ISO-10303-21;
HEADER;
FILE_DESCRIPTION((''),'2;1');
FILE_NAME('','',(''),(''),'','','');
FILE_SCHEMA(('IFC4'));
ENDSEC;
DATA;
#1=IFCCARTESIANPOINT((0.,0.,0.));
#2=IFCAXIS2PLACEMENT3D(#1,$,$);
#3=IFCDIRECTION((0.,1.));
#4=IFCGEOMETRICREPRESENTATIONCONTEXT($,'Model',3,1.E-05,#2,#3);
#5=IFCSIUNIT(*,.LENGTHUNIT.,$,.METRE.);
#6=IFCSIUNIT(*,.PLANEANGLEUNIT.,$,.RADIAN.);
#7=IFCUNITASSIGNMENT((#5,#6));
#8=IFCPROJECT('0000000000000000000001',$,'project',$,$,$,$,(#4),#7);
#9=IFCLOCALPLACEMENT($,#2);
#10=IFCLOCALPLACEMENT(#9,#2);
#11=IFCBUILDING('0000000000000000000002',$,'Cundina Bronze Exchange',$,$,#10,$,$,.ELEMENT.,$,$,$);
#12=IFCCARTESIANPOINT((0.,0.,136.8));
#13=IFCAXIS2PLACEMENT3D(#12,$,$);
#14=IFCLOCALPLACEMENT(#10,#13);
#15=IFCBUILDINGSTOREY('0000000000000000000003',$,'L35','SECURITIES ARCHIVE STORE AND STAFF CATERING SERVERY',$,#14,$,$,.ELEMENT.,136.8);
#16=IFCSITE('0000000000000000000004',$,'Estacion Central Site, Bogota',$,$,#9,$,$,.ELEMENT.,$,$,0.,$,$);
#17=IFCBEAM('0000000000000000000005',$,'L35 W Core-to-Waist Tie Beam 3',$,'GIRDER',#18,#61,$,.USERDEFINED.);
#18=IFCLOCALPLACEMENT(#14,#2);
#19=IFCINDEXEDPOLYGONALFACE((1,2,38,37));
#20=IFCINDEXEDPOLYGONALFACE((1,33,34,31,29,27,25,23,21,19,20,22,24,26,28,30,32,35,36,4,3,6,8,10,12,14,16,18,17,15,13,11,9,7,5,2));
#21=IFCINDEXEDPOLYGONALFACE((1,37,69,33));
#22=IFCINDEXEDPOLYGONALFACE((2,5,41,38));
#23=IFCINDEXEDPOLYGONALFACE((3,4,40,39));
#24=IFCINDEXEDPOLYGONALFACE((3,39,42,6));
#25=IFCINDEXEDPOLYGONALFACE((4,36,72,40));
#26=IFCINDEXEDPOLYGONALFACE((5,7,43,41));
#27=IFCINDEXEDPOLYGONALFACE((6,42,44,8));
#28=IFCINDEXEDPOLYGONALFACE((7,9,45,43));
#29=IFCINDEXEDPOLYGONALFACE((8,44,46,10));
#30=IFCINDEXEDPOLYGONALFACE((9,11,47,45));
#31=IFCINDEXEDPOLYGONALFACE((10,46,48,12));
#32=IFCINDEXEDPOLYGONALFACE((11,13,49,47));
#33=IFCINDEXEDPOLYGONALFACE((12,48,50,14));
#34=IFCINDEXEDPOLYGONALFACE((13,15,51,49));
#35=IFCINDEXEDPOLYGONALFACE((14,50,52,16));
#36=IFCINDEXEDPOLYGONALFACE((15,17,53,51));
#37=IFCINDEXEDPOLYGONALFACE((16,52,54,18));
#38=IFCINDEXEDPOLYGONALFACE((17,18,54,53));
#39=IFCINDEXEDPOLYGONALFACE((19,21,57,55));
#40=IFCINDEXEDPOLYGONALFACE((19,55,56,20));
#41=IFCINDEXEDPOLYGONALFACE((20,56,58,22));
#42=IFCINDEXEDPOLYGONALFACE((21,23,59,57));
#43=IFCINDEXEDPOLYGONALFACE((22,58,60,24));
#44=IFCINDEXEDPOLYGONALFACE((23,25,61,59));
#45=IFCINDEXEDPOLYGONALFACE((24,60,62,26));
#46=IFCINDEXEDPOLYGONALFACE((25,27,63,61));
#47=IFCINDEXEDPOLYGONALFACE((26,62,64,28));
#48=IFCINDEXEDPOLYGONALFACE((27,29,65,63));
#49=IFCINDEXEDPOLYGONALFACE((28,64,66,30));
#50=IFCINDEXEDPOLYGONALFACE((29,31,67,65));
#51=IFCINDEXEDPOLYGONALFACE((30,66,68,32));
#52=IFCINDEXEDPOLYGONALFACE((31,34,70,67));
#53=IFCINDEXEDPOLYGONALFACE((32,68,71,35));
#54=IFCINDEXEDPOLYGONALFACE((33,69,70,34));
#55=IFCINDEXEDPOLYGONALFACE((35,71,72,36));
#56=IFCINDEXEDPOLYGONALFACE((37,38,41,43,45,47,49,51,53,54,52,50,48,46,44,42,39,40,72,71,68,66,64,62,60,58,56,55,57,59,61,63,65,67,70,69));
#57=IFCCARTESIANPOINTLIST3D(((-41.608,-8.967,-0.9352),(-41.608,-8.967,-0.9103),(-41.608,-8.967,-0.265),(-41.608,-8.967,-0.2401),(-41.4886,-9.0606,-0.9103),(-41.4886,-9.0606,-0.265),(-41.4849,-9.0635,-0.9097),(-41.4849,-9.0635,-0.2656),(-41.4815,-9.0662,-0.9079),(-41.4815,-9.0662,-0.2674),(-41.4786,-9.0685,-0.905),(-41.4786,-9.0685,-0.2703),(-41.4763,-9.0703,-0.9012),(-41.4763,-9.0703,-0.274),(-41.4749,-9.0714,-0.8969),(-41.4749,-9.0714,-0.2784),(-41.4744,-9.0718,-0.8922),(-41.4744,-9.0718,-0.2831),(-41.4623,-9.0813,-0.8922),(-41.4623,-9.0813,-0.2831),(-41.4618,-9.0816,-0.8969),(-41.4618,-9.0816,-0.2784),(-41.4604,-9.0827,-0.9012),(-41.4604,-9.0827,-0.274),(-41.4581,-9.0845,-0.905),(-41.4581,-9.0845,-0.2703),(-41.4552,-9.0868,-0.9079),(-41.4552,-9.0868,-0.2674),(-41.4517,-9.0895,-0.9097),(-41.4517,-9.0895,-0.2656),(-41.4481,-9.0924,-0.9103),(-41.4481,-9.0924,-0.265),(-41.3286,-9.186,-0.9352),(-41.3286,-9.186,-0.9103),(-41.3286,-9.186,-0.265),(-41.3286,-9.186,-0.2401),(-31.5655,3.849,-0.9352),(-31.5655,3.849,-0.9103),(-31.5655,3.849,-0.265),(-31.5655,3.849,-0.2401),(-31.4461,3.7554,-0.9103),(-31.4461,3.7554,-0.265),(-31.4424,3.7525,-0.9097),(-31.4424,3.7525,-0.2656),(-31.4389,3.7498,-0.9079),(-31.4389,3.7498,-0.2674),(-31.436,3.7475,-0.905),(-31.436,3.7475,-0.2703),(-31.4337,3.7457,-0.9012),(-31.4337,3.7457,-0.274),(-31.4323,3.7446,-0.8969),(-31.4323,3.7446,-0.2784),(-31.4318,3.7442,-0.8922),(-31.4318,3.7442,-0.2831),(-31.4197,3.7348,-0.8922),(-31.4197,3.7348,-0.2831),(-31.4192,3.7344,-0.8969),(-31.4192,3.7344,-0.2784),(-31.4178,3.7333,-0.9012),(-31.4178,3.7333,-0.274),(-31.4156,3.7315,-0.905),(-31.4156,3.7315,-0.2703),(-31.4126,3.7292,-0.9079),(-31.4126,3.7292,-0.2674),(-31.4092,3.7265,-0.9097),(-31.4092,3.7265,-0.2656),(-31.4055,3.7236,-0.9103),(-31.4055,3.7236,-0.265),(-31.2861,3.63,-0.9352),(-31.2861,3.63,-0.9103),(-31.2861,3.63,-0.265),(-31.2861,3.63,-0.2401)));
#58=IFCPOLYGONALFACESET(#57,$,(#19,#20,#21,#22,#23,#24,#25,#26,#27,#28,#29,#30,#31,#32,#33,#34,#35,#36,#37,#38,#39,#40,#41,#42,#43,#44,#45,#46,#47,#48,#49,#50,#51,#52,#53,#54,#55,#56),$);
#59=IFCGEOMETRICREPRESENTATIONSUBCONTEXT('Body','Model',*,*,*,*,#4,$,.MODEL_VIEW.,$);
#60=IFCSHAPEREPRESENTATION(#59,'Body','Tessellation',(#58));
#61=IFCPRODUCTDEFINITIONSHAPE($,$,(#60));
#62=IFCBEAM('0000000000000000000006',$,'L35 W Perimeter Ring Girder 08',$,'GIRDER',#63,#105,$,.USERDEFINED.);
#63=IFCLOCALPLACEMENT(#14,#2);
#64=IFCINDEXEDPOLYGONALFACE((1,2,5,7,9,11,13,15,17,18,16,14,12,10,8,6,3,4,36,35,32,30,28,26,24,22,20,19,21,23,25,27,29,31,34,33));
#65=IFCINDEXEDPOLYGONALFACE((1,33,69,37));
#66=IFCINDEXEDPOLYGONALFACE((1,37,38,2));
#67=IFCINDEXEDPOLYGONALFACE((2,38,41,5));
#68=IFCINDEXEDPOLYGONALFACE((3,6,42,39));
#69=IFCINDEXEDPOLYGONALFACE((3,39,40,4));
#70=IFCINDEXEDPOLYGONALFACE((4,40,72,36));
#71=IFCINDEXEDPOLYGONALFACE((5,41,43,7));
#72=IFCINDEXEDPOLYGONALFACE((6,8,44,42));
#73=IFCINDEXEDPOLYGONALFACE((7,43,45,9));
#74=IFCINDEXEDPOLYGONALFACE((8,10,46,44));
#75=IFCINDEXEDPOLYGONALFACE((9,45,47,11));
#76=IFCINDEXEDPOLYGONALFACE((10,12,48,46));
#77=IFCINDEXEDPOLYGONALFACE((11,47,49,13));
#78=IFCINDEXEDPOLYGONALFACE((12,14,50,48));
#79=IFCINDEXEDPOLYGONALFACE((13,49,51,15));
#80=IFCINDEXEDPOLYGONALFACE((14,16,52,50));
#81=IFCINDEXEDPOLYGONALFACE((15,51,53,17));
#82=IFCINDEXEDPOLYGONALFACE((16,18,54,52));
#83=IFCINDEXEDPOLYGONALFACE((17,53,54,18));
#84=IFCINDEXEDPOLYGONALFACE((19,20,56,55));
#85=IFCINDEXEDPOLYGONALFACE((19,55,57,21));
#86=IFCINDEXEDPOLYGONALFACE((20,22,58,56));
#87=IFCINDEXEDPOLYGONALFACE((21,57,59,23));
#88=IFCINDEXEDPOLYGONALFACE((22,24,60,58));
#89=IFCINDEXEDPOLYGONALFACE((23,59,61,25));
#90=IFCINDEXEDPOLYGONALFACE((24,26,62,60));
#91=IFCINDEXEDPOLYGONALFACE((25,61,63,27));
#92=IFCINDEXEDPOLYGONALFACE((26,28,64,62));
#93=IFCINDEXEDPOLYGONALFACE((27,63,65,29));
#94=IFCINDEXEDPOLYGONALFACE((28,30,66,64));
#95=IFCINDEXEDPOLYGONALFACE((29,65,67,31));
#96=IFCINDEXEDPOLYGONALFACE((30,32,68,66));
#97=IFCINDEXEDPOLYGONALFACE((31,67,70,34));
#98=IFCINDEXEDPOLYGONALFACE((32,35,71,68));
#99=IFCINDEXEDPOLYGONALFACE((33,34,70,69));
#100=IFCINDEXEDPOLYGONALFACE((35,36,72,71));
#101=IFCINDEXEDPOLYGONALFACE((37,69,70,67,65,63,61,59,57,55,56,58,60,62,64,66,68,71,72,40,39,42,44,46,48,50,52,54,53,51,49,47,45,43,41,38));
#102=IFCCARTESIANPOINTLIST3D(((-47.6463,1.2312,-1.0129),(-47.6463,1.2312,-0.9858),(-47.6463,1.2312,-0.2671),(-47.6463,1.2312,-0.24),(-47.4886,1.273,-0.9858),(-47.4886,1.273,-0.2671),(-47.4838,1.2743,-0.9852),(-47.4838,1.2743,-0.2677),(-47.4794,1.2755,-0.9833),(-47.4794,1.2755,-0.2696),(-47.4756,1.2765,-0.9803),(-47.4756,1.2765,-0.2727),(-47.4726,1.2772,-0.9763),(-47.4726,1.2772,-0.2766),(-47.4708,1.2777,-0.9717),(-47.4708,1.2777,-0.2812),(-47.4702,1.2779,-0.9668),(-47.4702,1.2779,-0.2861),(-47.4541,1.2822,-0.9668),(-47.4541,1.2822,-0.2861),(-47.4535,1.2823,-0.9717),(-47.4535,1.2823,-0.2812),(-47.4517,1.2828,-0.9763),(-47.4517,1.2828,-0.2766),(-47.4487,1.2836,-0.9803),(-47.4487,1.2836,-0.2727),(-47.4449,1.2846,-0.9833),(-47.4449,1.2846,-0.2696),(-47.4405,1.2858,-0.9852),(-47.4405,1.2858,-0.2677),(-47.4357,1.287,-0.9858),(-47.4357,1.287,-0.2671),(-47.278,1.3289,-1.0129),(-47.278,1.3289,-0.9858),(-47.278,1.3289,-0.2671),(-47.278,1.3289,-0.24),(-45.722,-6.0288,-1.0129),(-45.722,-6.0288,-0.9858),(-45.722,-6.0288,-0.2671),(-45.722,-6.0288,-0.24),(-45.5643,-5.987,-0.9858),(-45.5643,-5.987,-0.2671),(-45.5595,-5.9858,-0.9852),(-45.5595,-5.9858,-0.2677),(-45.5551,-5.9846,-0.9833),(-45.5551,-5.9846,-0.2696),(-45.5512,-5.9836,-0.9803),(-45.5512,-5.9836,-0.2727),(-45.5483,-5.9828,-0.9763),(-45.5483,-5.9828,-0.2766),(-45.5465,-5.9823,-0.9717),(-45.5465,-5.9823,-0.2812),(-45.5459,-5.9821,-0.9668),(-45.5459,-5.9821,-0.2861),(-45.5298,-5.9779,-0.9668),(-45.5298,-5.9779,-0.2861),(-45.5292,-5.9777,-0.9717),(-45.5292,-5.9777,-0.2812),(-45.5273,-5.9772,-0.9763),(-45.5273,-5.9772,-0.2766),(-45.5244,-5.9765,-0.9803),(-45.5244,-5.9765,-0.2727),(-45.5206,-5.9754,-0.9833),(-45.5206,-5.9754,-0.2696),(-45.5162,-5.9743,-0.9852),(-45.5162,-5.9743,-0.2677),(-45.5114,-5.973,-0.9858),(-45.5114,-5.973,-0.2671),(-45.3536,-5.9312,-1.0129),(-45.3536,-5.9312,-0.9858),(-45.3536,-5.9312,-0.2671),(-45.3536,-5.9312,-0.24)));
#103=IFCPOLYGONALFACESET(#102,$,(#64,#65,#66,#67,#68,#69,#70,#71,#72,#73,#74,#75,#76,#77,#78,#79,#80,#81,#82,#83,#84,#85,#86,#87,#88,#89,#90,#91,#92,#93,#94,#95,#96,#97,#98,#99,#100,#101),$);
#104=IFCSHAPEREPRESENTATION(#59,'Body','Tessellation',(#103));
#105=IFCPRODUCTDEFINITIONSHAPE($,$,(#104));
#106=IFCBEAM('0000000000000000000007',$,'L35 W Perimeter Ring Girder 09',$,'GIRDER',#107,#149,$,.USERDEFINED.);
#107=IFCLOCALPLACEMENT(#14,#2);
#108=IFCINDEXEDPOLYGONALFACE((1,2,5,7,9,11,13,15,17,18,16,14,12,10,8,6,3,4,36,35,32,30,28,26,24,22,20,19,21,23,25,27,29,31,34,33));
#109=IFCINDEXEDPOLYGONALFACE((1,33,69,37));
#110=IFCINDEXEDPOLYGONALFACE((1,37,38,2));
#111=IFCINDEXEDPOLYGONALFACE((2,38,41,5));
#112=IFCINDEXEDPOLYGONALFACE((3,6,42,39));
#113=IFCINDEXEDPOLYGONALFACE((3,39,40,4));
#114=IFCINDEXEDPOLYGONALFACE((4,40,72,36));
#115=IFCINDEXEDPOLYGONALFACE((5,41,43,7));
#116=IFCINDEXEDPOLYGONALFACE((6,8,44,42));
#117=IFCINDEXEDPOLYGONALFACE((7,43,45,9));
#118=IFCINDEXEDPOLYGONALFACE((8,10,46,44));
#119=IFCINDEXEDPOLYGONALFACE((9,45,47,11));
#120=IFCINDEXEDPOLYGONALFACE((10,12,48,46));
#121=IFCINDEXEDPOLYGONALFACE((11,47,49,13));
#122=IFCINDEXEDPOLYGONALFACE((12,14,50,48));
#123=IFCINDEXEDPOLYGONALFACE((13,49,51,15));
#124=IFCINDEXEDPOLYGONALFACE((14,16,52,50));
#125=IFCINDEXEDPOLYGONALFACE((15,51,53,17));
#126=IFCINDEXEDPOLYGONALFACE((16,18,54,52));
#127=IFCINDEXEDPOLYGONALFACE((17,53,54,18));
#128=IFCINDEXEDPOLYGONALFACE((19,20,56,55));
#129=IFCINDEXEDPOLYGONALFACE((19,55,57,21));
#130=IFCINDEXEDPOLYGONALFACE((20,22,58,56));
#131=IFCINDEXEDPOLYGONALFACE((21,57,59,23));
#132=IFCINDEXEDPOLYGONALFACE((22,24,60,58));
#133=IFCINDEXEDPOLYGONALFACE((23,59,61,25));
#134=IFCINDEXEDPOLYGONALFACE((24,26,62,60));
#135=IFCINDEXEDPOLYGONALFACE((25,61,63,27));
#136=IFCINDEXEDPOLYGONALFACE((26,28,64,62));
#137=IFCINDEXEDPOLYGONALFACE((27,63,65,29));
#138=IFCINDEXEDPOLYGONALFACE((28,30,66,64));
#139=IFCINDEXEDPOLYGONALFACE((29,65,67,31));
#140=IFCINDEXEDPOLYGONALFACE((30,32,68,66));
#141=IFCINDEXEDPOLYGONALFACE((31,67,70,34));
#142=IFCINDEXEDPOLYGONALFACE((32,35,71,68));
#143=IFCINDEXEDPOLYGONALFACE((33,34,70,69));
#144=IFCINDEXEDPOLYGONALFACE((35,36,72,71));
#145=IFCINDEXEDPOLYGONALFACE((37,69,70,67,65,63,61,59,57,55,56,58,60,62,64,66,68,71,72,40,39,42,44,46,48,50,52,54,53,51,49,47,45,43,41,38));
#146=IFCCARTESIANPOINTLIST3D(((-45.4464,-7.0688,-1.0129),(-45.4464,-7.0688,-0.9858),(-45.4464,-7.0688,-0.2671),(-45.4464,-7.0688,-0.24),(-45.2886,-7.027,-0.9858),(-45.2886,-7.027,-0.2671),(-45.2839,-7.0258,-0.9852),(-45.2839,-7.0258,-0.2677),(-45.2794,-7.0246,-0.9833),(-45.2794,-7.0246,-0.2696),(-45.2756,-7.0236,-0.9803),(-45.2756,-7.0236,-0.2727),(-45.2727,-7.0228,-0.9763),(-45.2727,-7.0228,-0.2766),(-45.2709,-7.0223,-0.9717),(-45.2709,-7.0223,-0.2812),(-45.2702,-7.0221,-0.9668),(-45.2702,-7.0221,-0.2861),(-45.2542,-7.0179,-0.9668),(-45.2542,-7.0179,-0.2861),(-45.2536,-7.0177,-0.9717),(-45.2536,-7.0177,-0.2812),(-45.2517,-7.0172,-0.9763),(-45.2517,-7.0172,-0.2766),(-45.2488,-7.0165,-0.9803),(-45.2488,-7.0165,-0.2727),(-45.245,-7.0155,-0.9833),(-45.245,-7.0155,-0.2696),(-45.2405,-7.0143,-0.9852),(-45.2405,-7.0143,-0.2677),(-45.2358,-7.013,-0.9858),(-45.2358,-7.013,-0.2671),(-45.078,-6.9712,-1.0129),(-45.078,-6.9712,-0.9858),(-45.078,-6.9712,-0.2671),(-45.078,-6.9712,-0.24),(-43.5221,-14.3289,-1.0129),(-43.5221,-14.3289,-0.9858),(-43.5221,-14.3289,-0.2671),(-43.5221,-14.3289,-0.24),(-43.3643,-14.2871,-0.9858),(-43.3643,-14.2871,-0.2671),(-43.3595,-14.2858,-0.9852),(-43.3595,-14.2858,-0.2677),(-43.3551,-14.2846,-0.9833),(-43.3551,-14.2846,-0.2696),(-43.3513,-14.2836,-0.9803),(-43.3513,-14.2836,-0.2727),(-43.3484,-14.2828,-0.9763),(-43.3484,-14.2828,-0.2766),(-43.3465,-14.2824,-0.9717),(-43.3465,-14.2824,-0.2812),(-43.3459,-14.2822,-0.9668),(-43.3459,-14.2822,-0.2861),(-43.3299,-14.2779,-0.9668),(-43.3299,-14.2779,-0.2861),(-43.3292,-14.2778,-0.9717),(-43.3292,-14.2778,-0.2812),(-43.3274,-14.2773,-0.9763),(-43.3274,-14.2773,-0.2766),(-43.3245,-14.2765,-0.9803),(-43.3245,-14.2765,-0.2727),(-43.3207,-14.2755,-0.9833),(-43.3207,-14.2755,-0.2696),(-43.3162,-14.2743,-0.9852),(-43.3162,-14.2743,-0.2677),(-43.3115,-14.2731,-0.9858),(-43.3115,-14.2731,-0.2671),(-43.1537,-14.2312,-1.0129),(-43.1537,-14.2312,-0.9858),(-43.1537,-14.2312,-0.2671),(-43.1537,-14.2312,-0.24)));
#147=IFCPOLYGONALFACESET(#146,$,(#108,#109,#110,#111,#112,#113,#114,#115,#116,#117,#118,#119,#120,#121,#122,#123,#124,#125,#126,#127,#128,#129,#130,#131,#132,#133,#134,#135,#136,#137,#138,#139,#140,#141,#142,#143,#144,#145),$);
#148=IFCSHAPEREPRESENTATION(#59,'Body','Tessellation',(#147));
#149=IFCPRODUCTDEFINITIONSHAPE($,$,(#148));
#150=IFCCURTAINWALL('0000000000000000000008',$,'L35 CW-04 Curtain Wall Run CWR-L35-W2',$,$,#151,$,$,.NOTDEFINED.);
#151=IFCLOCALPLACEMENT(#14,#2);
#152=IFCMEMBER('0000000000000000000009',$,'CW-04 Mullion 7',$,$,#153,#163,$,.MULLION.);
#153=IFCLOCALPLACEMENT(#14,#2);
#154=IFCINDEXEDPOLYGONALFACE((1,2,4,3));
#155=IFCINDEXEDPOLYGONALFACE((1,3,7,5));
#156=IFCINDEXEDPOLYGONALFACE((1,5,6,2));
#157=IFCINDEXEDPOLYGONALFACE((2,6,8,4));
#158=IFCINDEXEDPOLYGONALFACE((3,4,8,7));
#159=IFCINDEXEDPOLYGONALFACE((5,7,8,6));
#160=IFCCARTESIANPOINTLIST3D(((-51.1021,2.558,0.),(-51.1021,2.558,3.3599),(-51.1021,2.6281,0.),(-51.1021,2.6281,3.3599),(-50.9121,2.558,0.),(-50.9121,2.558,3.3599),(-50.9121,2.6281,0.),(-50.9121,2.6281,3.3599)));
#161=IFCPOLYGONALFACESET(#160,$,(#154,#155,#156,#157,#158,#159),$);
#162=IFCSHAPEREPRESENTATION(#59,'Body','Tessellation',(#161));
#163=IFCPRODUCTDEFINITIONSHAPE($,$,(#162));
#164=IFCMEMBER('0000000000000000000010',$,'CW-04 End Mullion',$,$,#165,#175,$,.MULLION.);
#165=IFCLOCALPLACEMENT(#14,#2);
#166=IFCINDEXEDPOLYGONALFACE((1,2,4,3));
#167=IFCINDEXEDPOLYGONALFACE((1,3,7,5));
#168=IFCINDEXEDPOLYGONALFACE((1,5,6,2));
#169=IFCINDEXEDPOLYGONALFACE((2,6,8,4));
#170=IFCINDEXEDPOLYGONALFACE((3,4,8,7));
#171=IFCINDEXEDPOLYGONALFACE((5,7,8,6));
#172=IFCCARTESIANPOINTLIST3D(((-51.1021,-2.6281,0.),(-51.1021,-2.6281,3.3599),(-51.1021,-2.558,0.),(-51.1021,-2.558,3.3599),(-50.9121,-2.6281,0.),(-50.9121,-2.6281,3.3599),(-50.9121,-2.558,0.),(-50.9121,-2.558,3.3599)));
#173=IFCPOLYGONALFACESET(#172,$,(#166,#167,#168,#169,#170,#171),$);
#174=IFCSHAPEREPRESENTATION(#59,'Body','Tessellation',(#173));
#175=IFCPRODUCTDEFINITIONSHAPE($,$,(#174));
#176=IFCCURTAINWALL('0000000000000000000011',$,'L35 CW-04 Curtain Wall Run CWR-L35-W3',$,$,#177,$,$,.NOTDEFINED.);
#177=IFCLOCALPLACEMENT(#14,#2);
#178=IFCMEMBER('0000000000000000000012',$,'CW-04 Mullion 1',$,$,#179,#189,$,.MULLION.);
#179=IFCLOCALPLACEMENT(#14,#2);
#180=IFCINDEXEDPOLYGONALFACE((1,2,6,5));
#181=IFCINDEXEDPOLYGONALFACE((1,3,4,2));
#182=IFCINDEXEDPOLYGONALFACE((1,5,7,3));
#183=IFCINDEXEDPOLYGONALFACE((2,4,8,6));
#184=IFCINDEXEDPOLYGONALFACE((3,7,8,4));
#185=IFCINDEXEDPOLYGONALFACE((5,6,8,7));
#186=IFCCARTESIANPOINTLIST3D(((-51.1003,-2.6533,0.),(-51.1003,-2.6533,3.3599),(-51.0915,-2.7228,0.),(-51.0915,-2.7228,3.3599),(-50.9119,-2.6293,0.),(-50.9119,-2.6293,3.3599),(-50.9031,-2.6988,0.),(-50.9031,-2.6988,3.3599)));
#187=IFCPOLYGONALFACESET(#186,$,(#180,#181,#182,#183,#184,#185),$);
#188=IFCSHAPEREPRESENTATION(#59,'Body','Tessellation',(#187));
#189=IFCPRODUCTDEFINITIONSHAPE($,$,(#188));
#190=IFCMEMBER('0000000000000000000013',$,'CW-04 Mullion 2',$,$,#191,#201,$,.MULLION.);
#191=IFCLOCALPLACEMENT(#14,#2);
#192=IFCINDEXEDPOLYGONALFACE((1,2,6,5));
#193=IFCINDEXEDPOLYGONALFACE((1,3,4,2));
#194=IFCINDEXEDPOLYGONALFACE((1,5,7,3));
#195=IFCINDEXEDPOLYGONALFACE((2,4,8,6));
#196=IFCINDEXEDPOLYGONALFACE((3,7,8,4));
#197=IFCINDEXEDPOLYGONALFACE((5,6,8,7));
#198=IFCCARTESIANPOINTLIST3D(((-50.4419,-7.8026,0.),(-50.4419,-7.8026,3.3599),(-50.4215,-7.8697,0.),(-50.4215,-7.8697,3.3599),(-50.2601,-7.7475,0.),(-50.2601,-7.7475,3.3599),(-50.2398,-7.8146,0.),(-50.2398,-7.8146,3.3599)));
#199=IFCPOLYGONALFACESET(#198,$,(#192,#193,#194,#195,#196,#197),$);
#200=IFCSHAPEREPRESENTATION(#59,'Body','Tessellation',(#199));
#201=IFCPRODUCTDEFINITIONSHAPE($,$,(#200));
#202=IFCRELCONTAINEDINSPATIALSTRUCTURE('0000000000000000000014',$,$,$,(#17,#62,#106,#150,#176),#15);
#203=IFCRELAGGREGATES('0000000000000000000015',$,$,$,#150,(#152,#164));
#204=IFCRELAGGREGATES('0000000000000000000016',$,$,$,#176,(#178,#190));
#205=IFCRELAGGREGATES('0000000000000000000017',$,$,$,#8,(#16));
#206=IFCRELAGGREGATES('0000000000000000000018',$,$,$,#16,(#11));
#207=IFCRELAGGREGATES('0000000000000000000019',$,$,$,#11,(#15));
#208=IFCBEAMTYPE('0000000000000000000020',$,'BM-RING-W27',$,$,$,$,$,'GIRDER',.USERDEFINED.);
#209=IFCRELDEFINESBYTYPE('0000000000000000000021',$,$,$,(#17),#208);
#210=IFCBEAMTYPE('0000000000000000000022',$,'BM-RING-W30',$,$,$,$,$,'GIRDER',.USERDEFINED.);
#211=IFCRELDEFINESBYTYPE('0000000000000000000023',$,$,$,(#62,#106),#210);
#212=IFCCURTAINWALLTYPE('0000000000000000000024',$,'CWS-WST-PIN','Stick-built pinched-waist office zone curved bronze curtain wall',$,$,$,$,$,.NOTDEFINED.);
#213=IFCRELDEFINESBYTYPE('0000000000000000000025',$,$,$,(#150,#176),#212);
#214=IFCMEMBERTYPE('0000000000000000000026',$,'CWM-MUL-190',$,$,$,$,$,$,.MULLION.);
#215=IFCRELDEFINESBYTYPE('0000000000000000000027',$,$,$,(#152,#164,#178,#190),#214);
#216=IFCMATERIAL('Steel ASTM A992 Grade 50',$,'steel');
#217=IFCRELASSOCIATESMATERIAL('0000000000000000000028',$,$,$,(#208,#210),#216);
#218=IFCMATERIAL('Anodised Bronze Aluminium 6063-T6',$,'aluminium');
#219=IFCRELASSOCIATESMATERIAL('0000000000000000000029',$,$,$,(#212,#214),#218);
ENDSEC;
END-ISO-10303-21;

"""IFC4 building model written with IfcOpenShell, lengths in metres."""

from ifc_helpers import new_model, si_unit, direction, frame, origin, origin_2d, place, context, subcontext, project, spatial, rectangle, i_section, extrude, material, material_profile, profile_set, type_object, element, aggregate, save


model = new_model("IFC4")

# Units and contexts
model_context = context("Model", 3, precision=1e-05, world=origin(), true_north=direction((0.0, 1.0)))
body_context = subcontext(model_context, "Body", "Model", "MODEL_VIEW")
ifc_project = project(units=[si_unit("LENGTHUNIT", "METRE"), si_unit("PLANEANGLEUNIT", "RADIAN")], contexts=[model_context])

# Site, building, storey
site_placement = place(None, origin())
site = spatial("IfcSite", under=ifc_project, at=site_placement, Name="Estacion Central Site, Bogota", CompositionType="ELEMENT", RefElevation=0.0)
building_placement = place(site_placement, origin())
building = spatial("IfcBuilding", under=site, at=building_placement, Name="Cundina Bronze Exchange", CompositionType="ELEMENT")
storey_placement = place(building_placement, frame((0.0, 0.0, 136.8)))
storey = spatial("IfcBuildingStorey", under=building, at=storey_placement, Name="L35", Description="SECURITIES ARCHIVE STORE AND STAFF CATERING SERVERY", CompositionType="ELEMENT", Elevation=136.8)

# Beams
ifc_material_1 = material(Name="Steel ASTM A992 Grade 50", Category="steel")
ifc_material_profile_1 = material_profile(ifc_material_1, i_section(OverallWidth=0.355, OverallDepth=0.6951, WebThickness=0.0154, FlangeThickness=0.0249, FilletRadius=0.0181, at=origin_2d()), Name="W27X146", Category="steel")
ifc_profile_set_1 = profile_set([ifc_material_profile_1], Name="Steel ASTM A992 Grade 50")
beam_type_1 = type_object("IfcBeamType", Name="BM-RING-W27", ElementType="GIRDER", PredefinedType="USERDEFINED", material=ifc_profile_set_1)
beam_1_placement = place(storey_placement, frame((-31.4258, 3.7395, -0.5876), z_axis=(-0.616789, -0.787128, 0.0), x_axis=(0.787128, -0.616789, 0.0)))
element("IfcBeam", 1, at=beam_1_placement, inside=storey, type_object=beam_type_1, Name="L35 W Core-to-Waist Tie Beam 3", ObjectType="GIRDER", PredefinedType="USERDEFINED", context=body_context, shape_type="SweptSolid", body=[
    extrude(i_section(OverallWidth=0.355, OverallDepth=0.6951, WebThickness=0.0154, FlangeThickness=0.0249, FilletRadius=0.0181, at=origin_2d()), origin(), (0.0, 0.0, 1.0), 16.282),
])
ifc_material_profile_2 = material_profile(ifc_material_1, i_section(OverallWidth=0.3811, OverallDepth=0.7729, WebThickness=0.0166, FlangeThickness=0.0271, FilletRadius=0.019, at=origin_2d()), Name="W30X173", Category="steel")
ifc_profile_set_2 = profile_set([ifc_material_profile_2], Name="Steel ASTM A992 Grade 50")
beam_type_2 = type_object("IfcBeamType", Name="BM-RING-W30", ElementType="GIRDER", PredefinedType="USERDEFINED", material=ifc_profile_set_2)
for number, where, z_axis, x_axis, name in (
    (2, (-47.4622, 1.28, -0.6265), (0.25621, -0.966621, 0.0), (0.966621, 0.25621, 0.0), "L35 W Perimeter Ring Girder 08"),
    (3, (-45.2622, -7.02, -0.6265), (0.25621, -0.966621, 0.0), (0.966621, 0.25621, 0.0), "L35 W Perimeter Ring Girder 09"),
):
    element("IfcBeam", number, at=place(storey_placement, frame(where, z_axis=z_axis, x_axis=x_axis)), inside=storey, type_object=beam_type_2, Name=name, ObjectType="GIRDER", PredefinedType="USERDEFINED", context=body_context, shape_type="SweptSolid", body=[
        extrude(i_section(OverallWidth=0.3811, OverallDepth=0.7729, WebThickness=0.0166, FlangeThickness=0.0271, FilletRadius=0.019, at=origin_2d()), origin(), (0.0, 0.0, 1.0), 7.5107),
    ])

# Curtain walls, members
ifc_material_2 = material(Name="Anodised Bronze Aluminium 6063-T6", Category="aluminium")
curtain_wall_type = type_object("IfcCurtainWallType", Name="CWS-WST-PIN", Description="Stick-built pinched-waist office zone curved bronze curtain wall", PredefinedType="NOTDEFINED", material=ifc_material_2)
curtain_wall_1_placement = place(storey_placement, origin())
curtain_wall_1 = element("IfcCurtainWall", 4, at=curtain_wall_1_placement, inside=storey, type_object=curtain_wall_type, Name="L35 CW-04 Curtain Wall Run CWR-L35-W2", PredefinedType="NOTDEFINED")
ifc_material_profile_3 = material_profile(ifc_material_2, rectangle(XDim=0.0701, YDim=0.1899, at=origin_2d()), Name="AL70X190", Category="aluminium")
ifc_profile_set_3 = profile_set([ifc_material_profile_3], Name="Anodised Bronze Aluminium 6063-T6")
member_type_1 = type_object("IfcMemberType", Name="CWM-MUL-190", PredefinedType="MULLION", material=ifc_profile_set_3)
member_1_placement = place(storey_placement, frame((-51.0071, 2.593, 0.0), z_axis=(0.0, 0.0, 1.0), x_axis=(0.0, -1.0, 0.0)))
member_1 = element("IfcMember", 5, at=member_1_placement, type_object=member_type_1, Name="CW-04 Mullion 7", PredefinedType="MULLION", context=body_context, shape_type="SweptSolid", body=[
    extrude(rectangle(XDim=0.0701, YDim=0.1899, at=origin_2d()), origin(), (0.0, 0.0, 1.0), 3.3599),
])
member_2_placement = place(storey_placement, frame((-51.0071, -2.593, 0.0), z_axis=(0.0, 0.0, 1.0), x_axis=(0.0, -1.0, 0.0)))
member_2 = element("IfcMember", 6, at=member_2_placement, type_object=member_type_1, Name="CW-04 End Mullion", PredefinedType="MULLION", context=body_context, shape_type="SweptSolid", body=[
    extrude(rectangle(XDim=0.0701, YDim=0.1899, at=origin_2d()), origin(), (0.0, 0.0, 1.0), 3.3599),
])
curtain_wall_2_placement = place(storey_placement, origin())
curtain_wall_2 = element("IfcCurtainWall", 7, at=curtain_wall_2_placement, inside=storey, type_object=curtain_wall_type, Name="L35 CW-04 Curtain Wall Run CWR-L35-W3", PredefinedType="NOTDEFINED")
member_3_placement = place(storey_placement, frame((-51.0017, -2.676, 0.0), z_axis=(0.0, 0.0, 1.0), x_axis=(0.126545, -0.991961, 0.0)))
member_3 = element("IfcMember", 8, at=member_3_placement, type_object=member_type_1, Name="CW-04 Mullion 1", PredefinedType="MULLION", context=body_context, shape_type="SweptSolid", body=[
    extrude(rectangle(XDim=0.0701, YDim=0.1899, at=origin_2d()), origin(), (0.0, 0.0, 1.0), 3.3599),
])
member_4_placement = place(storey_placement, frame((-50.3408, -7.8086, 0.0), z_axis=(0.0, 0.0, 1.0), x_axis=(0.290034, -0.957016, 0.0)))
member_4 = element("IfcMember", 9, at=member_4_placement, type_object=member_type_1, Name="CW-04 Mullion 2", PredefinedType="MULLION", context=body_context, shape_type="SweptSolid", body=[
    extrude(rectangle(XDim=0.0701, YDim=0.1899, at=origin_2d()), origin(), (0.0, 0.0, 1.0), 3.3599),
])

aggregate(curtain_wall_1, [member_1, member_2])
aggregate(curtain_wall_2, [member_3, member_4])

save(model, "model.ifc")
